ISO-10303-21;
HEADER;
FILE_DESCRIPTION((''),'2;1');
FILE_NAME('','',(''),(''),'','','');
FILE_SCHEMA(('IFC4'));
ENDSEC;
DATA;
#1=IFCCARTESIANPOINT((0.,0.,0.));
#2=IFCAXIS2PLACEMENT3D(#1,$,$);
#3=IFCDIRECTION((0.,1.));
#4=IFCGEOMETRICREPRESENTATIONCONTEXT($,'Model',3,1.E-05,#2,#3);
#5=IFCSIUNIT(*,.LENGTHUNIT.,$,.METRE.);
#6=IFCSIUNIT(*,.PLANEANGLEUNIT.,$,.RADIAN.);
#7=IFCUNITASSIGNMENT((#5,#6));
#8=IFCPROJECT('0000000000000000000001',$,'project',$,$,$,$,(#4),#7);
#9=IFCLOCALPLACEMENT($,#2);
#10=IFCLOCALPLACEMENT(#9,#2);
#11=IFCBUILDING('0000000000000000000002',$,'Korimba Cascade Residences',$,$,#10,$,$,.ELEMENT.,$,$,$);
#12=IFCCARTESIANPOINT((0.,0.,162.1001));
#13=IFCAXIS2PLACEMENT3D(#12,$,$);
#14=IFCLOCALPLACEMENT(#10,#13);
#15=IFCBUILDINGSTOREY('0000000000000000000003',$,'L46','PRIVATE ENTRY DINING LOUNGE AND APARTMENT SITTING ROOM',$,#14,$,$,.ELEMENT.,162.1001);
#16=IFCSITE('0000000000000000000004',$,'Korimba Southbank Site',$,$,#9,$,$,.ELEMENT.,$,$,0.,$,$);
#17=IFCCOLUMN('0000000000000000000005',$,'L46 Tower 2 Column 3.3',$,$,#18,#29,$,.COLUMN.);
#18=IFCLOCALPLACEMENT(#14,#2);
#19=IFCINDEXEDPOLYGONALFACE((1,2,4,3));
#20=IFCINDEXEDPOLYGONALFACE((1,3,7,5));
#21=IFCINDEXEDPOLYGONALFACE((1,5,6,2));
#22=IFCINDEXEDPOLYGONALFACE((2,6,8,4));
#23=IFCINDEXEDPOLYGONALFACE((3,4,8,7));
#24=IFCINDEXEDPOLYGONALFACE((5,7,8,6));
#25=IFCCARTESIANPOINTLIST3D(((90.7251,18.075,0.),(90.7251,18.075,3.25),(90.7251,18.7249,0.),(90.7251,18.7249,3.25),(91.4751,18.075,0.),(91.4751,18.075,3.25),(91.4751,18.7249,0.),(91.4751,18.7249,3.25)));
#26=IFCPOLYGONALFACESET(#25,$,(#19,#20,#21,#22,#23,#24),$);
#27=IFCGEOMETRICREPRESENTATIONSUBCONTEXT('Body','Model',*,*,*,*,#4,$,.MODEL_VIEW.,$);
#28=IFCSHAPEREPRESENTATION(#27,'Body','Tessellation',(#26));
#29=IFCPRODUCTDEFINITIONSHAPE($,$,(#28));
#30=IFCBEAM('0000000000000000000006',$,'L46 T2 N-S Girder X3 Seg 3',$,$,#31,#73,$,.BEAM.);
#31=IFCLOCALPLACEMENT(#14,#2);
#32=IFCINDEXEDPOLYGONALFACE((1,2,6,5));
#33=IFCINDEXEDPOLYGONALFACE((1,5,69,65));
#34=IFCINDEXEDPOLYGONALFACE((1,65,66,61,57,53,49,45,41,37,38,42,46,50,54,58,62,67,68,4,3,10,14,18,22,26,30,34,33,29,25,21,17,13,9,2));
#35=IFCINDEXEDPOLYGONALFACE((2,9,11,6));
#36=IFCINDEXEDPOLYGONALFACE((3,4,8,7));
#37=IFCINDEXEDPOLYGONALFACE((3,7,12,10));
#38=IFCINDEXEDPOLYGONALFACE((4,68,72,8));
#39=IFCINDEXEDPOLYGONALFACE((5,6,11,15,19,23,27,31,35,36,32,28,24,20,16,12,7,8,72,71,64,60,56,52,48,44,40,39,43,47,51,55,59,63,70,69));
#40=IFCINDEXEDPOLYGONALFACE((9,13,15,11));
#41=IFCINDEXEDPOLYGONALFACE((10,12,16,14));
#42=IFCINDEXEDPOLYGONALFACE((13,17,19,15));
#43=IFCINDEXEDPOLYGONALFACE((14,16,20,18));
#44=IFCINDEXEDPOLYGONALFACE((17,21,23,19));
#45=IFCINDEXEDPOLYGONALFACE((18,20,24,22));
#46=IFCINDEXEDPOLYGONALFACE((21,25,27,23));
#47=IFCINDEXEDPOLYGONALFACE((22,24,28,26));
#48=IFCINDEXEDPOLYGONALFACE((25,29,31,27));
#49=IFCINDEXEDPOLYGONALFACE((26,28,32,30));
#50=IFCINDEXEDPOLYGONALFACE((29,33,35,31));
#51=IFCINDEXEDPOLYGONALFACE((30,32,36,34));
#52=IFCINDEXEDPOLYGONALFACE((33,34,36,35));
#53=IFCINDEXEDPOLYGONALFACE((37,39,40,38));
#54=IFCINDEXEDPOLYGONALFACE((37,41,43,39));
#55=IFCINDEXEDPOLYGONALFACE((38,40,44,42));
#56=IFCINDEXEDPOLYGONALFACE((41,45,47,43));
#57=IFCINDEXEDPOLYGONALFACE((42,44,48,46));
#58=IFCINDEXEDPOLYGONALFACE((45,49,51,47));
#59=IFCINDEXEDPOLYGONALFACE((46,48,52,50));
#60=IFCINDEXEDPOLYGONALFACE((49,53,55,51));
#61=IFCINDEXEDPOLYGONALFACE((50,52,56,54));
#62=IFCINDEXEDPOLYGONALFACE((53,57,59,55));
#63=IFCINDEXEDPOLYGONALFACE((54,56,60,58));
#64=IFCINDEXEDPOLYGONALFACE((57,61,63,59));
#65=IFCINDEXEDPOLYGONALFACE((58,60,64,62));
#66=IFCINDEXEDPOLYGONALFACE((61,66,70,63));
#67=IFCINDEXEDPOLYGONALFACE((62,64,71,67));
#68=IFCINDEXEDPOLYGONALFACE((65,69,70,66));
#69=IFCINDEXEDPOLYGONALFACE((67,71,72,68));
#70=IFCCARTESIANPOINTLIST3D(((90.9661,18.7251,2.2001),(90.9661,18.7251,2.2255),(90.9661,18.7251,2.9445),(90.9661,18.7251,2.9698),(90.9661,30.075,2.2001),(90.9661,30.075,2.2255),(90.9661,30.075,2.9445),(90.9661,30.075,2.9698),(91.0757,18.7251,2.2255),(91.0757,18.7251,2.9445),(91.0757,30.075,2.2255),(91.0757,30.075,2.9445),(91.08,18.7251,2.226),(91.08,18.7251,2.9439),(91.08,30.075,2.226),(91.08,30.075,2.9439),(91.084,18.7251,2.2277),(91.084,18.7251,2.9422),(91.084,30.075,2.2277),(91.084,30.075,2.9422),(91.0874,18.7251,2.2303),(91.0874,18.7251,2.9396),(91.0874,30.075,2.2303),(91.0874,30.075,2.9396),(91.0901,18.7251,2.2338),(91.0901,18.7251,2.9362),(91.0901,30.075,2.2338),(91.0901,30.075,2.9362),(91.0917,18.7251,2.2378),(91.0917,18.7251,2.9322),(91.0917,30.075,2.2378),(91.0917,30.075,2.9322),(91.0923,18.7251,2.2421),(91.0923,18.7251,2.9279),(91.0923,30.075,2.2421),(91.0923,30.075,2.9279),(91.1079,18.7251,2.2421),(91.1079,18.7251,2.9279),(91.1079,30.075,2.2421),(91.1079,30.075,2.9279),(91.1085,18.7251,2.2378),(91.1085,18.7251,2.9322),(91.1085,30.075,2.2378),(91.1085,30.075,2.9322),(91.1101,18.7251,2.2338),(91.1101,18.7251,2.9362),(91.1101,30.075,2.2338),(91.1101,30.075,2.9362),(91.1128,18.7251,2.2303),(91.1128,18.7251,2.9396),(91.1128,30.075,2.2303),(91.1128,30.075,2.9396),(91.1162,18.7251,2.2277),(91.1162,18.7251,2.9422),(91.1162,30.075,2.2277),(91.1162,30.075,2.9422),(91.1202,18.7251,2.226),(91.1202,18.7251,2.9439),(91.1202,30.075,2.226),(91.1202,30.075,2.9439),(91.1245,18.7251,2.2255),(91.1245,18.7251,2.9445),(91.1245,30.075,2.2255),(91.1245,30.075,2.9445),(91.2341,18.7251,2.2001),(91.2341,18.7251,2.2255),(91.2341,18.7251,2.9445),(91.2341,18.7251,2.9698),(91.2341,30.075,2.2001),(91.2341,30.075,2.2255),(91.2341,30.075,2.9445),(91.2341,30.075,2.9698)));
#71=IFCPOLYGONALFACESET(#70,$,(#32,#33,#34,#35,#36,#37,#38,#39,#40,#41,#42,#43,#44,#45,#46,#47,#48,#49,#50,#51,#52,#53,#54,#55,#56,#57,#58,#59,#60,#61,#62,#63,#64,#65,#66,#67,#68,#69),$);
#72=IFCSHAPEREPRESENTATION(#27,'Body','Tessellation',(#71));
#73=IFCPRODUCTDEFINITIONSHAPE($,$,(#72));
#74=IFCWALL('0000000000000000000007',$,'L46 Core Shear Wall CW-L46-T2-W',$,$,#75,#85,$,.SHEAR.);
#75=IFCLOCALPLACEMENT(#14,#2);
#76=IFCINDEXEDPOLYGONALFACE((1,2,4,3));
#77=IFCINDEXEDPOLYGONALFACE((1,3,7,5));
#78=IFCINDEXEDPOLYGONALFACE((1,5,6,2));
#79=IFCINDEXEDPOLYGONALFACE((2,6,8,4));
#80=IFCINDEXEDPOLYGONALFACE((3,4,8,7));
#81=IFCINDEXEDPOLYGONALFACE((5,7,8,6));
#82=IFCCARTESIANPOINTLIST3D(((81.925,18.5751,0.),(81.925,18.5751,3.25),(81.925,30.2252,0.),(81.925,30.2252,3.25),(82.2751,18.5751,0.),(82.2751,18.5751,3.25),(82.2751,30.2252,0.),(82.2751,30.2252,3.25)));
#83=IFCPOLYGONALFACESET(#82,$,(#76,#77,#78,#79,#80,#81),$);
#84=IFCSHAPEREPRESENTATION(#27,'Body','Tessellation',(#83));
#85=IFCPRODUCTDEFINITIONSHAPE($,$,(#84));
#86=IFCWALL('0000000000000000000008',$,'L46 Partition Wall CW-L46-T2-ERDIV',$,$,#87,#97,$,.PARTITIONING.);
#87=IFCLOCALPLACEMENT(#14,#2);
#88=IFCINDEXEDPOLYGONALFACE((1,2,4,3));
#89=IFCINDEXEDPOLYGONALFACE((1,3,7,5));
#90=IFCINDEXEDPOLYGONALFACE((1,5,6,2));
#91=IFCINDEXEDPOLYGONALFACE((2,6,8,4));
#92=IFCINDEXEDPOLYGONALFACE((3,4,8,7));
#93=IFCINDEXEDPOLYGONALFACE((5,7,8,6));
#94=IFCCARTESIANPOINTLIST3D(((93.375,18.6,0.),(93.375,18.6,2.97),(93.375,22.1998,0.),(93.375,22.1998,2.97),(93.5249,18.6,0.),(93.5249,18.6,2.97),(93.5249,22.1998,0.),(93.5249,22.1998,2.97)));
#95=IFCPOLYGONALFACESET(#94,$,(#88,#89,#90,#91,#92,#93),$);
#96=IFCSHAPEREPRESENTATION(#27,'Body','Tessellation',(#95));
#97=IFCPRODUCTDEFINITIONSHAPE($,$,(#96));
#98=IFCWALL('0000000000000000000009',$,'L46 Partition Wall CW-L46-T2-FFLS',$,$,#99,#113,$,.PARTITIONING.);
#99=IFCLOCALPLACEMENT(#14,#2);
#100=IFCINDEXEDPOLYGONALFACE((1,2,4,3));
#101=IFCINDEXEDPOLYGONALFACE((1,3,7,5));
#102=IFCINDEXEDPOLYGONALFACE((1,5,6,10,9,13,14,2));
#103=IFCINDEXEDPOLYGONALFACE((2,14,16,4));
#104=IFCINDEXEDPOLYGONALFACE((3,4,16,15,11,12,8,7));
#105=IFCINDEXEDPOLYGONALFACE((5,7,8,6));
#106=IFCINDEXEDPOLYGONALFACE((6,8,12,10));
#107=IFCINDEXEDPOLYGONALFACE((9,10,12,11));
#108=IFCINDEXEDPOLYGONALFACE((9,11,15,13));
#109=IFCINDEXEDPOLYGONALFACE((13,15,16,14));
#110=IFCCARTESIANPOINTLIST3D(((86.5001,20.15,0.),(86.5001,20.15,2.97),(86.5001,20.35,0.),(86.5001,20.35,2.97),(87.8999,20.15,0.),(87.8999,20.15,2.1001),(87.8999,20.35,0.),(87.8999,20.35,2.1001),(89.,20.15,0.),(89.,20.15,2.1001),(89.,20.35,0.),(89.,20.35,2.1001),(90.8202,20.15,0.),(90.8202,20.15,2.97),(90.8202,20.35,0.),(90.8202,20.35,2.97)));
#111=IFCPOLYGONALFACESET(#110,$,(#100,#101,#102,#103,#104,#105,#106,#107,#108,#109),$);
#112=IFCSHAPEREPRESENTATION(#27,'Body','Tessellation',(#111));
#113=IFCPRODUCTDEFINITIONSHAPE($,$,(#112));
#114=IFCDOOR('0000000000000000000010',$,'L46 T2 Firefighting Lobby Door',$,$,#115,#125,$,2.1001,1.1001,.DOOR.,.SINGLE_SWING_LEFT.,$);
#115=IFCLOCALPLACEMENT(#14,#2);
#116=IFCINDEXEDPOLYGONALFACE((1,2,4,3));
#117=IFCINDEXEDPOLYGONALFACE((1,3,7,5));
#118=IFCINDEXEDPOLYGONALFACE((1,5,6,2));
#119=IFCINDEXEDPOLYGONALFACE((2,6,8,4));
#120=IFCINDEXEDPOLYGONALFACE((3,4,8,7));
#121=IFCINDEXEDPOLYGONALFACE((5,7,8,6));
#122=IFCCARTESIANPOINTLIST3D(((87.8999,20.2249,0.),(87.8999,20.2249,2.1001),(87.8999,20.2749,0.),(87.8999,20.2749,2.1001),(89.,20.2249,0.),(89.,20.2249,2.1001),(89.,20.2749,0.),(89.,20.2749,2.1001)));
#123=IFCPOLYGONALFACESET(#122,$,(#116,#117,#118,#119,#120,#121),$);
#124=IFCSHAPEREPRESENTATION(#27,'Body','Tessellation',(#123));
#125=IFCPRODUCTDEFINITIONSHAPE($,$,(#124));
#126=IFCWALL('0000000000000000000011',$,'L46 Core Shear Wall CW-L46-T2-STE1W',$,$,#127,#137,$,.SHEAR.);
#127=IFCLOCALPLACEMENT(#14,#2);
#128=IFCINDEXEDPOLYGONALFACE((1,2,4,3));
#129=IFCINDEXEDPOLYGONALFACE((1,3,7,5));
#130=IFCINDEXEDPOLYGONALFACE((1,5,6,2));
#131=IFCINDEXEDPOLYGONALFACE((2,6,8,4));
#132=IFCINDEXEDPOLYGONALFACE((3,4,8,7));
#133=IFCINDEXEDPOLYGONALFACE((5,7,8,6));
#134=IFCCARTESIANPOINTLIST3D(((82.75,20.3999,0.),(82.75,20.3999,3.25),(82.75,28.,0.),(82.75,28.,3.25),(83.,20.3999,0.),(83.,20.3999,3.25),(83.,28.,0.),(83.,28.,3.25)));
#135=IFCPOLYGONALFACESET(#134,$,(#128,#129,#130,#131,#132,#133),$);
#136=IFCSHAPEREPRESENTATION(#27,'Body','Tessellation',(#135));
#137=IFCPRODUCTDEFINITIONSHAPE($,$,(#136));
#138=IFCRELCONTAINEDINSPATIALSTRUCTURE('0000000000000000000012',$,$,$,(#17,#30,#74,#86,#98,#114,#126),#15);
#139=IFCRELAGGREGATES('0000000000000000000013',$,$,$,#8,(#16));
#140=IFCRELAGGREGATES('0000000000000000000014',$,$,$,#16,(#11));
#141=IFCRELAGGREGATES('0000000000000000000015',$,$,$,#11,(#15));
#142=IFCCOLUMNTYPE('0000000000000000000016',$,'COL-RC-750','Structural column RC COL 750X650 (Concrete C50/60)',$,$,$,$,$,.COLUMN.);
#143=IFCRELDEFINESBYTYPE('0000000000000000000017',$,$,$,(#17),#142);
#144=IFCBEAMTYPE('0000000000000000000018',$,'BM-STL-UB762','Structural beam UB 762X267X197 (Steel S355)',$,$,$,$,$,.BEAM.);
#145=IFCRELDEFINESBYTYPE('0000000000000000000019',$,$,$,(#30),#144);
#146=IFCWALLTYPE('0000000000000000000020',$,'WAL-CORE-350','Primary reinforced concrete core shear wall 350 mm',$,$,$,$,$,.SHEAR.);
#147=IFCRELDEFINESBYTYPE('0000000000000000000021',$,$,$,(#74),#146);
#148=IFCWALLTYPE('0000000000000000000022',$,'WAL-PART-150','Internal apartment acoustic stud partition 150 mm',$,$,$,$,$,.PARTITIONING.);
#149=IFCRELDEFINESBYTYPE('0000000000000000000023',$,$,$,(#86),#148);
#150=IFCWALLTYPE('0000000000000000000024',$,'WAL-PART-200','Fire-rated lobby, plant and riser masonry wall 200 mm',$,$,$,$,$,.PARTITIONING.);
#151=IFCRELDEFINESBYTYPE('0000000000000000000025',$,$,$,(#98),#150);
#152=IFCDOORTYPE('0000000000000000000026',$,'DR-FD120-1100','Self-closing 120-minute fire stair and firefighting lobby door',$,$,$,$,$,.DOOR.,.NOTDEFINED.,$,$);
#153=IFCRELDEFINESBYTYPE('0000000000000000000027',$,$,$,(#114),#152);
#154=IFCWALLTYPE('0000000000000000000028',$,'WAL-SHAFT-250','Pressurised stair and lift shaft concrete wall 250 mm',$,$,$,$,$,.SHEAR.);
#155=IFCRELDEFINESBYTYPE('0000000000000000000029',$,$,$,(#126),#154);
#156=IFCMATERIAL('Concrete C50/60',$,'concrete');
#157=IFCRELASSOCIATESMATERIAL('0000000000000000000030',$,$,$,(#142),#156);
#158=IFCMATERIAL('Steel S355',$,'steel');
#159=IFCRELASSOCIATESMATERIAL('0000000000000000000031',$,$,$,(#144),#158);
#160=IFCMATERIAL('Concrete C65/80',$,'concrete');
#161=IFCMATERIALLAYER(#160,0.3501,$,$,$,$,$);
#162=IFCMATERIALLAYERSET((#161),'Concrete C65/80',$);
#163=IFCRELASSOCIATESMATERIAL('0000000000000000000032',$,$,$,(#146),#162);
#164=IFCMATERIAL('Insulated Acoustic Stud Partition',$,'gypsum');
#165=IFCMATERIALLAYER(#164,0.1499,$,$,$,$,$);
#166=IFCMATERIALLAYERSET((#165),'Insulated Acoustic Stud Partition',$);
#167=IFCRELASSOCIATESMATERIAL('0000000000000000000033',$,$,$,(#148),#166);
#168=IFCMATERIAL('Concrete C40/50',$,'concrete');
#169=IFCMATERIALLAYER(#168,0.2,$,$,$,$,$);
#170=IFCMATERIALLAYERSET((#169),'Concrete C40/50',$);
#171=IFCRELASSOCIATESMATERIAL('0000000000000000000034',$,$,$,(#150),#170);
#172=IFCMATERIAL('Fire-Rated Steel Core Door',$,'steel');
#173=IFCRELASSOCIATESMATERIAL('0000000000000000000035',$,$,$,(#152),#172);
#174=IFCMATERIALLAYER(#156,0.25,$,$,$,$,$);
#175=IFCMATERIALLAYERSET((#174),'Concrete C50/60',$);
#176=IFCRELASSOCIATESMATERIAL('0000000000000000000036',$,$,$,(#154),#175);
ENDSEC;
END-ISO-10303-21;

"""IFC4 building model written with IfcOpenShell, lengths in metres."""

from ifc_helpers import new_model, si_unit, direction, frame, frame_2d, origin, origin_2d, place, context, subcontext, project, spatial, rectangle, i_section, extrude, material, layer, layer_set, material_profile, profile_set, type_object, element, fill, save


model = new_model("IFC4")

# Units and contexts
model_context = context("Model", 3, precision=1e-05, world=origin(), true_north=direction((0.0, 1.0)))
body_context = subcontext(model_context, "Body", "Model", "MODEL_VIEW")
ifc_project = project(units=[si_unit("LENGTHUNIT", "METRE"), si_unit("PLANEANGLEUNIT", "RADIAN")], contexts=[model_context])

# Site, building, storey
site_placement = place(None, origin())
site = spatial("IfcSite", under=ifc_project, at=site_placement, Name="Korimba Southbank Site", CompositionType="ELEMENT", RefElevation=0.0)
building_placement = place(site_placement, origin())
building = spatial("IfcBuilding", under=site, at=building_placement, Name="Korimba Cascade Residences", CompositionType="ELEMENT")
storey_placement = place(building_placement, frame((0.0, 0.0, 162.1001)))
storey = spatial("IfcBuildingStorey", under=building, at=storey_placement, Name="L46", Description="PRIVATE ENTRY DINING LOUNGE AND APARTMENT SITTING ROOM", CompositionType="ELEMENT", Elevation=162.1001)

# Column
ifc_material_1 = material(Name="Concrete C50/60", Category="concrete")
ifc_material_profile_1 = material_profile(ifc_material_1, rectangle(XDim=0.75, YDim=0.6499, at=origin_2d()), Name="Concrete C50/60")
ifc_profile_set_1 = profile_set([ifc_material_profile_1], Name="Concrete C50/60")
column_type = type_object("IfcColumnType", Name="COL-RC-750", Description="Structural column RC COL 750X650 (Concrete C50/60)", PredefinedType="COLUMN", material=ifc_profile_set_1)
column_placement = place(storey_placement, frame((91.1001, 18.3999, 0.0), z_axis=(0.0, 0.0, 1.0), x_axis=(1.0, 0.0, 0.0)))
element("IfcColumn", 1, at=column_placement, inside=storey, type_object=column_type, Name="L46 Tower 2 Column 3.3", PredefinedType="COLUMN", context=body_context, shape_type="SweptSolid", body=[
    extrude(rectangle(XDim=0.75, YDim=0.6499, at=origin_2d()), origin(), (0.0, 0.0, 1.0), 3.25),
])

# Beam
ifc_material_2 = material(Name="Steel S355", Category="steel")
ifc_material_profile_2 = material_profile(ifc_material_2, i_section(OverallWidth=0.2681, OverallDepth=0.7698, WebThickness=0.0156, FlangeThickness=0.0254, FilletRadius=0.0166, at=origin_2d()), Name="Steel S355")
ifc_profile_set_2 = profile_set([ifc_material_profile_2], Name="Steel S355")
beam_type = type_object("IfcBeamType", Name="BM-STL-UB762", Description="Structural beam UB 762X267X197 (Steel S355)", PredefinedType="BEAM", material=ifc_profile_set_2)
beam_placement = place(storey_placement, frame((91.1001, 18.7251, 2.585), z_axis=(0.0, 1.0, 0.0), x_axis=(-1.0, 0.0, 0.0)))
element("IfcBeam", 2, at=beam_placement, inside=storey, type_object=beam_type, Name="L46 T2 N-S Girder X3 Seg 3", PredefinedType="BEAM", context=body_context, shape_type="SweptSolid", body=[
    extrude(i_section(OverallWidth=0.2681, OverallDepth=0.7698, WebThickness=0.0156, FlangeThickness=0.0254, FilletRadius=0.0166, at=origin_2d()), origin(), (0.0, 0.0, 1.0), 11.3499),
])

# Walls
ifc_material_3 = material(Name="Concrete C65/80", Category="concrete")
ifc_layer_1 = layer(ifc_material_3, 0.3501)
ifc_layer_set_1 = layer_set([ifc_layer_1], Name="Concrete C65/80")
wall_type_1 = type_object("IfcWallType", Name="WAL-CORE-350", Description="Primary reinforced concrete core shear wall 350 mm", PredefinedType="SHEAR", material=ifc_layer_set_1)
wall_1_placement = place(storey_placement, frame((82.1001, 18.575, 0.0), z_axis=(0.0, 0.0, 1.0), x_axis=(0.0, 1.0, 0.0)))
element("IfcWall", 3, at=wall_1_placement, inside=storey, type_object=wall_type_1, Name="L46 Core Shear Wall CW-L46-T2-W", PredefinedType="SHEAR", context=body_context, shape_type="SweptSolid", body=[
    extrude(rectangle(XDim=11.6501, YDim=0.3501, at=frame_2d((5.8252, 0.0))), origin(), (0.0, 0.0, 1.0), 3.25),
])
ifc_material_4 = material(Name="Insulated Acoustic Stud Partition", Category="gypsum")
ifc_layer_2 = layer(ifc_material_4, 0.1499)
ifc_layer_set_2 = layer_set([ifc_layer_2], Name="Insulated Acoustic Stud Partition")
wall_type_2 = type_object("IfcWallType", Name="WAL-PART-150", Description="Internal apartment acoustic stud partition 150 mm", PredefinedType="PARTITIONING", material=ifc_layer_set_2)
wall_2_placement = place(storey_placement, frame((93.45, 18.6001, 0.0), z_axis=(0.0, 0.0, 1.0), x_axis=(0.0, 1.0, 0.0)))
element("IfcWall", 4, at=wall_2_placement, inside=storey, type_object=wall_type_2, Name="L46 Partition Wall CW-L46-T2-ERDIV", PredefinedType="PARTITIONING", context=body_context, shape_type="SweptSolid", body=[
    extrude(rectangle(XDim=3.5999, YDim=0.1499, at=frame_2d((1.7998, 0.0))), origin(), (0.0, 0.0, 1.0), 2.97),
])

# Wall, opening, door
ifc_material_5 = material(Name="Concrete C40/50", Category="concrete")
ifc_layer_3 = layer(ifc_material_5, 0.2)
ifc_layer_set_3 = layer_set([ifc_layer_3], Name="Concrete C40/50")
wall_type_3 = type_object("IfcWallType", Name="WAL-PART-200", Description="Fire-rated lobby, plant and riser masonry wall 200 mm", PredefinedType="PARTITIONING", material=ifc_layer_set_3)
wall_3_placement = place(storey_placement, frame((86.5, 20.25, 0.0), z_axis=(0.0, 0.0, 1.0), x_axis=(1.0, 0.0, 0.0)))
wall_3 = element("IfcWall", 5, at=wall_3_placement, inside=storey, type_object=wall_type_3, Name="L46 Partition Wall CW-L46-T2-FFLS", PredefinedType="PARTITIONING", context=body_context, shape_type="SweptSolid", body=[
    extrude(rectangle(XDim=4.3201, YDim=0.2, at=frame_2d((2.1602, 0.0))), origin(), (0.0, 0.0, 1.0), 2.97),
])
opening_1_placement = place(wall_3_placement, frame((1.3999, 0.0, 0.0)))
opening_1 = element("IfcOpeningElement", 6, at=opening_1_placement, cuts=wall_3, PredefinedType="OPENING", context=body_context, shape_type="SweptSolid", body=[
    extrude(rectangle(XDim=1.1001, YDim=2.1001, at=frame_2d((0.55, 1.05))), frame((0.0, 0.1099, 0.0), z_axis=(0.0, -1.0, 0.0), x_axis=(1.0, 0.0, 0.0)), (0.0, 0.0, 1.0), 0.22),
])
ifc_material_6 = material(Name="Fire-Rated Steel Core Door", Category="steel")
door_type_1 = type_object("IfcDoorType", Name="DR-FD120-1100", Description="Self-closing 120-minute fire stair and firefighting lobby door", OperationType="NOTDEFINED", PredefinedType="DOOR", material=ifc_material_6)
door_1_placement = place(opening_1_placement, origin())
door_1 = element("IfcDoor", 7, at=door_1_placement, inside=storey, type_object=door_type_1, Name="L46 T2 Firefighting Lobby Door", OperationType="SINGLE_SWING_LEFT", OverallHeight=2.1001, OverallWidth=1.1001, PredefinedType="DOOR", context=body_context, shape_type="SweptSolid", body=[
    extrude(rectangle(XDim=1.1001, YDim=2.1001, at=frame_2d((0.55, 1.05))), frame((0.0, 0.0249, 0.0), z_axis=(0.0, -1.0, 0.0), x_axis=(1.0, 0.0, 0.0)), (0.0, 0.0, 1.0), 0.05),
])
fill(opening_1, door_1)

# Wall
ifc_layer_4 = layer(ifc_material_1, 0.25)
ifc_layer_set_4 = layer_set([ifc_layer_4], Name="Concrete C50/60")
wall_type_4 = type_object("IfcWallType", Name="WAL-SHAFT-250", Description="Pressurised stair and lift shaft concrete wall 250 mm", PredefinedType="SHEAR", material=ifc_layer_set_4)
wall_4_placement = place(storey_placement, frame((82.875, 20.3999, 0.0), z_axis=(0.0, 0.0, 1.0), x_axis=(0.0, 1.0, 0.0)))
element("IfcWall", 8, at=wall_4_placement, inside=storey, type_object=wall_type_4, Name="L46 Core Shear Wall CW-L46-T2-STE1W", PredefinedType="SHEAR", context=body_context, shape_type="SweptSolid", body=[
    extrude(rectangle(XDim=7.6001, YDim=0.25, at=frame_2d((3.8, 0.0))), origin(), (0.0, 0.0, 1.0), 3.25),
])

save(model, "model.ifc")
